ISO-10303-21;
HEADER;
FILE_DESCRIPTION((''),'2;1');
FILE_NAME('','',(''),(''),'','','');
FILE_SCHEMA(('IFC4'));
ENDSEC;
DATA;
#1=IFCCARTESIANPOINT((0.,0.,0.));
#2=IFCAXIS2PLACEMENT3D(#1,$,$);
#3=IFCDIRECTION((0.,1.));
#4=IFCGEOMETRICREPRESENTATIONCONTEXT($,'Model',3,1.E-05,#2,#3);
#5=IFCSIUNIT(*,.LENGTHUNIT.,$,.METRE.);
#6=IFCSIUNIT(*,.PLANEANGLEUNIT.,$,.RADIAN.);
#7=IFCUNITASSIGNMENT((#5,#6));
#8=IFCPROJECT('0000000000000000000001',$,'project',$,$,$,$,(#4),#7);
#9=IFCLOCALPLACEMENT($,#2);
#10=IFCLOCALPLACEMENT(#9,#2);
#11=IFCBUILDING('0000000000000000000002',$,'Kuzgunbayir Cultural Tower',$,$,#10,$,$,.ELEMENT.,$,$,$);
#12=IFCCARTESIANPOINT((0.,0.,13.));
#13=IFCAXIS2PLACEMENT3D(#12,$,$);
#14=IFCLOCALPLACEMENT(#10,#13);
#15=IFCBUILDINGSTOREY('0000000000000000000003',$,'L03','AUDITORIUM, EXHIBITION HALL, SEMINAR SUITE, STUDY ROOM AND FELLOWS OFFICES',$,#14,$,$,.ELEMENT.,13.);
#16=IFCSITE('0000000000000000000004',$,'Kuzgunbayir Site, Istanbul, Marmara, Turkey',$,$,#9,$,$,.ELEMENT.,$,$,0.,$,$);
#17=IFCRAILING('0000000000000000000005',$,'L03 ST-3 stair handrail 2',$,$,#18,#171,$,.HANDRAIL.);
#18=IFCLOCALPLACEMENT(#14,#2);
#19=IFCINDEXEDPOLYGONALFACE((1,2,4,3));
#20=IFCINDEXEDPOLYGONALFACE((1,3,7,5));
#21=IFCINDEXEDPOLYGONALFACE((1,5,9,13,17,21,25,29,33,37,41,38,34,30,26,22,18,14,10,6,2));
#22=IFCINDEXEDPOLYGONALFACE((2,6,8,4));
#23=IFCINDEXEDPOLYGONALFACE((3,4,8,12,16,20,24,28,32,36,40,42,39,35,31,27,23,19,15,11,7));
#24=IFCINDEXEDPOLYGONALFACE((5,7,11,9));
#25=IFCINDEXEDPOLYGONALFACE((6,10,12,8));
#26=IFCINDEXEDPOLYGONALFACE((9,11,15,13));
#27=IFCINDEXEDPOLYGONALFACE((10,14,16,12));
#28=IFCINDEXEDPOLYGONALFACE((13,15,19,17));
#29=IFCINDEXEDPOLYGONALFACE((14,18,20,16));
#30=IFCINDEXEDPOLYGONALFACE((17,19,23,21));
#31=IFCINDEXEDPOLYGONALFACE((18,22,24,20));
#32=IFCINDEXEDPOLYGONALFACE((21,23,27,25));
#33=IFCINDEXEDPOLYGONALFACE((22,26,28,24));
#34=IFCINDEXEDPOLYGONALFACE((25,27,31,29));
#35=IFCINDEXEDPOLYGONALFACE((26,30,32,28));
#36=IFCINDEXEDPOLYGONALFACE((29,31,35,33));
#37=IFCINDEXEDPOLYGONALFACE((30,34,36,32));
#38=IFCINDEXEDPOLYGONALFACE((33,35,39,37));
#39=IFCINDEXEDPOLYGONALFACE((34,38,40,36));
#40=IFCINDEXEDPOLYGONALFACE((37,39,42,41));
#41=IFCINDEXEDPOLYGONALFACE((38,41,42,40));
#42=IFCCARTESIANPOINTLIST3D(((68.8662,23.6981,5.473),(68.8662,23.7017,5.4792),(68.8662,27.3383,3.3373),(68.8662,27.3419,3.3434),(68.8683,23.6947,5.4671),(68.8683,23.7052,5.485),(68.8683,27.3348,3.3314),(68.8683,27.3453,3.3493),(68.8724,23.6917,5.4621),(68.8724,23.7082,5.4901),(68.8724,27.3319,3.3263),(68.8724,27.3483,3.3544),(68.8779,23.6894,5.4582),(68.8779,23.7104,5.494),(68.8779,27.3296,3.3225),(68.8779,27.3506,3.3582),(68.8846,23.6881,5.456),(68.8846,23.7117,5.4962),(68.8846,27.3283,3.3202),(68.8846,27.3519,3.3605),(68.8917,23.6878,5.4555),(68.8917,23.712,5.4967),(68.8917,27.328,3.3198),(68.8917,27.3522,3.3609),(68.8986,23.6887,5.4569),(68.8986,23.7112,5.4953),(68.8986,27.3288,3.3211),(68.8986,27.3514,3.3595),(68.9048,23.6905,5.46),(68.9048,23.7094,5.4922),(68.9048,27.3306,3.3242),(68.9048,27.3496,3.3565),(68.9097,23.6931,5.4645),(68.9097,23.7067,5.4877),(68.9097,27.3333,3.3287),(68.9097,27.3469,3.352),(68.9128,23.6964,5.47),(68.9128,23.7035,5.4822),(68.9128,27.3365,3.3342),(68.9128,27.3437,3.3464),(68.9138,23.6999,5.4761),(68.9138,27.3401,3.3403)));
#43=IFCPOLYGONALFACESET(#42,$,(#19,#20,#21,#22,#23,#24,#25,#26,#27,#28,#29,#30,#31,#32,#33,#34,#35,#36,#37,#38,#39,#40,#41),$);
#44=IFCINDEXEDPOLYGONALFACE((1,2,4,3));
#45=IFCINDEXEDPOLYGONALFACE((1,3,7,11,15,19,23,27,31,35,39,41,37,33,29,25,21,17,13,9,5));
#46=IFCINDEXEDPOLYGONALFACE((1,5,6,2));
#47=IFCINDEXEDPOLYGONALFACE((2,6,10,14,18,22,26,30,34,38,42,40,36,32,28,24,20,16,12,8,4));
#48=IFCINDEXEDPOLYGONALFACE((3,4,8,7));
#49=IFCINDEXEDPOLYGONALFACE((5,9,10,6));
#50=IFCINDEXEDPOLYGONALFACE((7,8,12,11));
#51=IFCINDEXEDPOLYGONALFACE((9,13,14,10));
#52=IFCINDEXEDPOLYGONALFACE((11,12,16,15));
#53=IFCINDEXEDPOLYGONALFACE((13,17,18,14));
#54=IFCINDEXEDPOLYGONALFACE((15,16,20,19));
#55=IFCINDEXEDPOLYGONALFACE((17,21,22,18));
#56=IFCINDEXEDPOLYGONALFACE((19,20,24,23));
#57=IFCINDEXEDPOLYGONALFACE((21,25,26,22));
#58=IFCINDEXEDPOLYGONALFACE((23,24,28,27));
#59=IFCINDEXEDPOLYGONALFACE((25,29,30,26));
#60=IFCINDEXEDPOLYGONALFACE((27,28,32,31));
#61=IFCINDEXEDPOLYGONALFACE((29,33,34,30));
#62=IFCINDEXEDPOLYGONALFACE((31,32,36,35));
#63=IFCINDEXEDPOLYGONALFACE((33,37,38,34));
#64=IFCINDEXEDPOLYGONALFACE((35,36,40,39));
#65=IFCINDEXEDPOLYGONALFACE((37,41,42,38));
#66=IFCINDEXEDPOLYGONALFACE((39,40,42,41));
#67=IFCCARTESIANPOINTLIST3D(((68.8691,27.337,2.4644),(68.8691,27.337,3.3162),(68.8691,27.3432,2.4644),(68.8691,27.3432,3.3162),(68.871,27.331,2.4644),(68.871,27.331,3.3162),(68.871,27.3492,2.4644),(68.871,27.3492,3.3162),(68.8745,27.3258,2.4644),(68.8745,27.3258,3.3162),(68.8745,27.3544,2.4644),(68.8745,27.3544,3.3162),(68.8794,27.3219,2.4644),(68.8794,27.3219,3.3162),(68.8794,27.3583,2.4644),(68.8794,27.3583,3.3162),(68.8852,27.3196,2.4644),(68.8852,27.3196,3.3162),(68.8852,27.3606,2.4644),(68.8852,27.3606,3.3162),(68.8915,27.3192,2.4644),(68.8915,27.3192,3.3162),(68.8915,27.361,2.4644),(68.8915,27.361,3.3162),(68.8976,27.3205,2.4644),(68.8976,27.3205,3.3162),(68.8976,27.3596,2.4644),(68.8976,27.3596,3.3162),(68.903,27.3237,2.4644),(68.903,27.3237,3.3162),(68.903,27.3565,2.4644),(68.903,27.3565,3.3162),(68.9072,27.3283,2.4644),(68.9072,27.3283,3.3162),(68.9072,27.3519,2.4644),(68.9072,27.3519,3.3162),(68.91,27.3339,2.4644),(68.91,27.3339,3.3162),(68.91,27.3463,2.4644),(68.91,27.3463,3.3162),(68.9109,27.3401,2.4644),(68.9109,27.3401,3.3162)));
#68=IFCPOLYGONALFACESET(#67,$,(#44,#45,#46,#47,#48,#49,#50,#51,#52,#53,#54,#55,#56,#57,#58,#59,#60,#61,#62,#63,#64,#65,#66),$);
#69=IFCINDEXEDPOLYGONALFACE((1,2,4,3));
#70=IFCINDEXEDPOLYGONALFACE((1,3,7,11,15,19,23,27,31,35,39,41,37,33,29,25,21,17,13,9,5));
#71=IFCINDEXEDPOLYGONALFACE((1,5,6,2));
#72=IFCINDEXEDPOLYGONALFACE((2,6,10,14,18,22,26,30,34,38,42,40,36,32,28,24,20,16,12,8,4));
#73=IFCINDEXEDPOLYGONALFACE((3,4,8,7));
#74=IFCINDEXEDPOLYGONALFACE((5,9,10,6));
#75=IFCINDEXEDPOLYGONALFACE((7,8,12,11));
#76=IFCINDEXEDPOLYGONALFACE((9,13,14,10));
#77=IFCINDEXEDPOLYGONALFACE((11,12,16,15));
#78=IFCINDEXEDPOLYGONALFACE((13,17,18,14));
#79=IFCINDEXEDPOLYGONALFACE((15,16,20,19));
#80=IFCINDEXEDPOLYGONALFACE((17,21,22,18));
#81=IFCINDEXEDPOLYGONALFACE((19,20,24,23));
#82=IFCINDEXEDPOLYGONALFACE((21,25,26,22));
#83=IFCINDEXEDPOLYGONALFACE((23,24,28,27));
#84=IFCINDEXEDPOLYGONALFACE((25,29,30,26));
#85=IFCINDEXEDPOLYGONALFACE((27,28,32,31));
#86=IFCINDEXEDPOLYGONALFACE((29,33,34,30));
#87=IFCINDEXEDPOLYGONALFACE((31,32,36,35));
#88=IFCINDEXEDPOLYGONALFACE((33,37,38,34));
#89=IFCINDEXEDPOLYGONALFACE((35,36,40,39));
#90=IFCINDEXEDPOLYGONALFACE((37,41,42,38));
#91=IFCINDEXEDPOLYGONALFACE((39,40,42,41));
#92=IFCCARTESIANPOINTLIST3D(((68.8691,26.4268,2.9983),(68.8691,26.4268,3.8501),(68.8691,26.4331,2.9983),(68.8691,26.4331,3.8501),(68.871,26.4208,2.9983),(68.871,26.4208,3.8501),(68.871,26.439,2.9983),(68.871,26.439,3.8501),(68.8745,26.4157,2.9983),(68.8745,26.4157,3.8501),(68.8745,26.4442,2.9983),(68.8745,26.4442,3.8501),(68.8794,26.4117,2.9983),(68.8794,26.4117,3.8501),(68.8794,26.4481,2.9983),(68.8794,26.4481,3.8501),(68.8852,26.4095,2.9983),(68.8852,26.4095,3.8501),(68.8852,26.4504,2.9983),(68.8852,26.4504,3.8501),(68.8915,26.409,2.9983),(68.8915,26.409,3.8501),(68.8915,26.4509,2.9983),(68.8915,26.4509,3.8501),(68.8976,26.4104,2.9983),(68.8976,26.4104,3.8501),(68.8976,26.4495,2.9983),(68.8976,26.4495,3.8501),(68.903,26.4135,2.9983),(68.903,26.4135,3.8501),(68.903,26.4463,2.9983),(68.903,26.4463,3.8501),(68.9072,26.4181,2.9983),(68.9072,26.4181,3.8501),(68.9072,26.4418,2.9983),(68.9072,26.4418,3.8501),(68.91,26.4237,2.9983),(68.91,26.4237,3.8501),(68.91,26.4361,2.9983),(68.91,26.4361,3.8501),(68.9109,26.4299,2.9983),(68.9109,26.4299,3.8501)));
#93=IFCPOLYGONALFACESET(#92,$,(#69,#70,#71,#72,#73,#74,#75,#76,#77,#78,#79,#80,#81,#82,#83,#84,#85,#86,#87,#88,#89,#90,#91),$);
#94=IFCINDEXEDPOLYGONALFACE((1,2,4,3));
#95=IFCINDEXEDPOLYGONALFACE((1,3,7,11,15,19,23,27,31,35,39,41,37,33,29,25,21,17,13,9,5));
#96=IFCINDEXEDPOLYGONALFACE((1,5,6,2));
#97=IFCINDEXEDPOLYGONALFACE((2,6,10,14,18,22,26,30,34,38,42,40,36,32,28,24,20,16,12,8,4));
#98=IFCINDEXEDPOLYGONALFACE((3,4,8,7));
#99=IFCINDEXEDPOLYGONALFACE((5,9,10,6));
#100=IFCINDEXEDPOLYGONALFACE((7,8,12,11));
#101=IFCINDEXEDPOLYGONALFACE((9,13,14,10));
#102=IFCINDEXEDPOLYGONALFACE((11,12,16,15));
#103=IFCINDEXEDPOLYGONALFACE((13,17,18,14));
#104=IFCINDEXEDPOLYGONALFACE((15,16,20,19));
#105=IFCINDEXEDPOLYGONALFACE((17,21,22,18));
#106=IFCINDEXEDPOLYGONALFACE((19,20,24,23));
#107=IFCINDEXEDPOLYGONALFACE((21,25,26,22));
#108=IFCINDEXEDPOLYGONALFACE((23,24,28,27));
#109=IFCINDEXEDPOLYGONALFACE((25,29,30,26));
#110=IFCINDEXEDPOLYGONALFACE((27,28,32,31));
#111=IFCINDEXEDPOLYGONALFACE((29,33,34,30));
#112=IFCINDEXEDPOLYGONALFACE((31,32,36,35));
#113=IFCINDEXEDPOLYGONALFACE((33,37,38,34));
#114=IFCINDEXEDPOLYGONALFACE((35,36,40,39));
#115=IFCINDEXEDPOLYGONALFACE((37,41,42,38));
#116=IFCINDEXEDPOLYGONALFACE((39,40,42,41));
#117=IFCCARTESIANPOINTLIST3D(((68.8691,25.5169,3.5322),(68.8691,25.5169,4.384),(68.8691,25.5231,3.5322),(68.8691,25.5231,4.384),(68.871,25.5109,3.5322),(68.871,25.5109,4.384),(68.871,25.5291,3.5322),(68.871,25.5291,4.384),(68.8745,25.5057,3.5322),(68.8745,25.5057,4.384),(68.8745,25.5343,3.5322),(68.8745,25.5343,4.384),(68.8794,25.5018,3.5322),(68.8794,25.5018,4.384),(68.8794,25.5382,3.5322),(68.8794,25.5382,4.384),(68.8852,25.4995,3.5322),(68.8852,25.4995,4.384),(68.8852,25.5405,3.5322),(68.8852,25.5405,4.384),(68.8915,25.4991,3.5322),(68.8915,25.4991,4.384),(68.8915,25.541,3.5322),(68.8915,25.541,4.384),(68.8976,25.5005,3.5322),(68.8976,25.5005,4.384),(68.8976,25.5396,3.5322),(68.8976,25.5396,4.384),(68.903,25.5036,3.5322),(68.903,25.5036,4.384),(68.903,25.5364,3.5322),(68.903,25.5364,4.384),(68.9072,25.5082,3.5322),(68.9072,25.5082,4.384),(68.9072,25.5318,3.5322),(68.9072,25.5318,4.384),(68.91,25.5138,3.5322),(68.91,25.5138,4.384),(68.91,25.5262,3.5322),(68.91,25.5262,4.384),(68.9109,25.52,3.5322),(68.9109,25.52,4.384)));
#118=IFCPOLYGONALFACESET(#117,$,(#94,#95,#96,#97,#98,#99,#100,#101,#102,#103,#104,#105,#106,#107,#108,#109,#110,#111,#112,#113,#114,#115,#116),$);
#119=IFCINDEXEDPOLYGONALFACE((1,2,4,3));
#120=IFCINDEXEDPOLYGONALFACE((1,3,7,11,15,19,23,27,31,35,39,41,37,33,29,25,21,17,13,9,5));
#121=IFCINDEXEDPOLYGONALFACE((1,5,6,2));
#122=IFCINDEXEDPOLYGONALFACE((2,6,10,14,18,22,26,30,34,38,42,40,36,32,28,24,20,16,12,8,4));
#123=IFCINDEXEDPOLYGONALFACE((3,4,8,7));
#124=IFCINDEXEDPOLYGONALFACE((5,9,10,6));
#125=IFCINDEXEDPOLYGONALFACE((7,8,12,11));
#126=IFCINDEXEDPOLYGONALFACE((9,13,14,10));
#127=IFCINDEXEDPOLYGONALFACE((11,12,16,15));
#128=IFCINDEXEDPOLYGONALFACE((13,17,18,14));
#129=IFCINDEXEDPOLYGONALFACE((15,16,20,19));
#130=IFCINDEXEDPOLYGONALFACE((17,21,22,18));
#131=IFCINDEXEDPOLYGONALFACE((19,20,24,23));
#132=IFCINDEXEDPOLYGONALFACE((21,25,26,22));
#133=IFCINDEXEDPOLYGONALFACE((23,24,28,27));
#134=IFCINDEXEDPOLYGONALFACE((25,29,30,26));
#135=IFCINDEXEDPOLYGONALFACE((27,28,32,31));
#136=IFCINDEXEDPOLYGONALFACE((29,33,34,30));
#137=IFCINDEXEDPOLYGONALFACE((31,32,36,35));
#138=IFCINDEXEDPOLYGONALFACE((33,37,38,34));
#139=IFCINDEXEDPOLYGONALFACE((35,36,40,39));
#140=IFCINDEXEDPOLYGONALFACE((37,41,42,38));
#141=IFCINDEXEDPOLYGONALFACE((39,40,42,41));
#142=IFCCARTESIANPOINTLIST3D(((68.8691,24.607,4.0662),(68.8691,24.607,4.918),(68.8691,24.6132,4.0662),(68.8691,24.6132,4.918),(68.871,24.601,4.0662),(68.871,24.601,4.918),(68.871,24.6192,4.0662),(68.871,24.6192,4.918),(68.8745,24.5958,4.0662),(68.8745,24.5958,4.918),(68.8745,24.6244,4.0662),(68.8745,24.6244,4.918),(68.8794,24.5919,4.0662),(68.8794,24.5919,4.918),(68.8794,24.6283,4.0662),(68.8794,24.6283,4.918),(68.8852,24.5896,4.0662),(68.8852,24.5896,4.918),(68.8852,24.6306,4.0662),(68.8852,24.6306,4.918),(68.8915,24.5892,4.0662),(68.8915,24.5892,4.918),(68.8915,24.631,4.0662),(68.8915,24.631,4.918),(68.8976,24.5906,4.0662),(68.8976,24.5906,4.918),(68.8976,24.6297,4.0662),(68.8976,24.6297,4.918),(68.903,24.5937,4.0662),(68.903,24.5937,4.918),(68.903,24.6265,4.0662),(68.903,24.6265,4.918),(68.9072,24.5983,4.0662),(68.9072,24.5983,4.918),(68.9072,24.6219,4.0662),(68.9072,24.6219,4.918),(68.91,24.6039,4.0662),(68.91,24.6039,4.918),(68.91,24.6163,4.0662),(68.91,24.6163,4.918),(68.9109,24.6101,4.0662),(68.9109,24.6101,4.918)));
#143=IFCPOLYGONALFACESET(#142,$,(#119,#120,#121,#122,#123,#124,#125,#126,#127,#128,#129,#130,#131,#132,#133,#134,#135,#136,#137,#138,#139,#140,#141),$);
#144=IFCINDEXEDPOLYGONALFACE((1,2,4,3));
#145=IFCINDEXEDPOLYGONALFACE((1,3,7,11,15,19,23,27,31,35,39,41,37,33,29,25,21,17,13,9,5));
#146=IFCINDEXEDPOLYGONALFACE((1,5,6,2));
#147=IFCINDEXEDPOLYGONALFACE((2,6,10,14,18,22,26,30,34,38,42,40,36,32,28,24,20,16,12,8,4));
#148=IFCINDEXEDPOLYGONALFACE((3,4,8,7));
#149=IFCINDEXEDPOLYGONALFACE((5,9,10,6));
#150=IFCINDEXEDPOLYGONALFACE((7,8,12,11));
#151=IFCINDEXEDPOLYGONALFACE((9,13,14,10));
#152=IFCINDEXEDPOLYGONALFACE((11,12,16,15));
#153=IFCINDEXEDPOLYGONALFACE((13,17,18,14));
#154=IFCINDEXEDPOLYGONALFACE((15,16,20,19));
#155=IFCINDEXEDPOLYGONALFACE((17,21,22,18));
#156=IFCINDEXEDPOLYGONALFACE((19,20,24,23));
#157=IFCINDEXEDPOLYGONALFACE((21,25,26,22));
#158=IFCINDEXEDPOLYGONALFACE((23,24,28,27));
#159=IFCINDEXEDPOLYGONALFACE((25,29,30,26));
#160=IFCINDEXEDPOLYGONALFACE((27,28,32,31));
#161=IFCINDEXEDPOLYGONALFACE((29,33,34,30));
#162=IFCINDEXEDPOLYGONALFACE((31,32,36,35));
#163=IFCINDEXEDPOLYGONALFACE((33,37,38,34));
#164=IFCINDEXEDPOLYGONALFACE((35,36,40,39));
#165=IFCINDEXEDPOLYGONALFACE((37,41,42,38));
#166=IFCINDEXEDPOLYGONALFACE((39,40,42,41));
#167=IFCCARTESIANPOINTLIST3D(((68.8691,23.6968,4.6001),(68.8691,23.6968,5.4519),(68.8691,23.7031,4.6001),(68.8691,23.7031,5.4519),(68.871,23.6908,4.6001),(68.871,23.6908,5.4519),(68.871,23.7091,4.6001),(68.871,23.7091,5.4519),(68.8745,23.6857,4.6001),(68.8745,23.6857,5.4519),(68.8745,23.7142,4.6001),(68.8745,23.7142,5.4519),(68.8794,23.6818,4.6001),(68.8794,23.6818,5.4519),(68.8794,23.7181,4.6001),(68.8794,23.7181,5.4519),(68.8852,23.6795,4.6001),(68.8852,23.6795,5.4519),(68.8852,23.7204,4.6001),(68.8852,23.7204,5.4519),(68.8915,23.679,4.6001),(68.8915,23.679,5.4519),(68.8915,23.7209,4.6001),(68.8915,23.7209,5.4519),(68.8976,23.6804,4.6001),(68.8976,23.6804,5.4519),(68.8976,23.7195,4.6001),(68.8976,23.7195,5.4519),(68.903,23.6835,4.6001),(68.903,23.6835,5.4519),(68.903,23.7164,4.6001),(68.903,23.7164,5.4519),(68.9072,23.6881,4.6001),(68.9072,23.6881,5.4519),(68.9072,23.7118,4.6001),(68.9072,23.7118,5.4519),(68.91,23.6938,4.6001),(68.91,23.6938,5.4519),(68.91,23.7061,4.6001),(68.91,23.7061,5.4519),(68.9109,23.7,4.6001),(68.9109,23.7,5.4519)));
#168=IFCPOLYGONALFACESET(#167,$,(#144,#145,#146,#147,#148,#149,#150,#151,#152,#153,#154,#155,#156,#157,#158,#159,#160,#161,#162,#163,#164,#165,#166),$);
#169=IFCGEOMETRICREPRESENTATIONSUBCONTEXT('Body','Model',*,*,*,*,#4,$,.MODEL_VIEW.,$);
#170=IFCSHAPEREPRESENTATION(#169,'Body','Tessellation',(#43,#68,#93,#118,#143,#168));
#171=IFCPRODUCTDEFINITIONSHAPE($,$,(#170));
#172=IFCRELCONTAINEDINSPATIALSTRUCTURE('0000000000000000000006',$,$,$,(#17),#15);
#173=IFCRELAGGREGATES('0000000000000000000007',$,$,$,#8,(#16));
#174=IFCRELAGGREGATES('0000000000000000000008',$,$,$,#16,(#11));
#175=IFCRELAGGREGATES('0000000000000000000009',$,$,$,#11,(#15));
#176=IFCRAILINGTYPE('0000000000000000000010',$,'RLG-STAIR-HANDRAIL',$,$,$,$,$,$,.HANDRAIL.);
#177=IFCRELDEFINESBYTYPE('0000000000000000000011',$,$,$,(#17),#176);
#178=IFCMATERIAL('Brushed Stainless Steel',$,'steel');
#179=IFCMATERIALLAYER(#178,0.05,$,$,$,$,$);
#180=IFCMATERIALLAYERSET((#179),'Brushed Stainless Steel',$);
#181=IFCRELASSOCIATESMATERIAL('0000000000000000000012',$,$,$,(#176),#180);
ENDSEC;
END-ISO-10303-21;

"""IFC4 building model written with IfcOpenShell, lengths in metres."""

from ifc_helpers import new_model, si_unit, direction, frame, origin, origin_2d, place, context, subcontext, project, spatial, circle, extrude, material, layer, layer_set, type_object, element, save


model = new_model("IFC4")

# Units and contexts
model_context = context("Model", 3, precision=1e-05, world=origin(), true_north=direction((0.0, 1.0)))
body_context = subcontext(model_context, "Body", "Model", "MODEL_VIEW")
ifc_project = project(units=[si_unit("LENGTHUNIT", "METRE"), si_unit("PLANEANGLEUNIT", "RADIAN")], contexts=[model_context])

# Site, building, storey
site_placement = place(None, origin())
site = spatial("IfcSite", under=ifc_project, at=site_placement, Name="Kuzgunbayir Site, Istanbul, Marmara, Turkey", CompositionType="ELEMENT", RefElevation=0.0)
building_placement = place(site_placement, origin())
building = spatial("IfcBuilding", under=site, at=building_placement, Name="Kuzgunbayir Cultural Tower", CompositionType="ELEMENT")
storey_placement = place(building_placement, frame((0.0, 0.0, 13.0)))
storey = spatial("IfcBuildingStorey", under=building, at=storey_placement, Name="L03", Description="AUDITORIUM, EXHIBITION HALL, SEMINAR SUITE, STUDY ROOM AND FELLOWS OFFICES", CompositionType="ELEMENT", Elevation=13.0)

# Shared definitions
ifc_material_1 = material(Name="Brushed Stainless Steel", Category="steel")

# Railing
ifc_layer_1 = layer(ifc_material_1, 0.05)
ifc_layer_set_1 = layer_set([ifc_layer_1], Name="Brushed Stainless Steel")
railing_type_1 = type_object("IfcRailingType", Name="RLG-STAIR-HANDRAIL", PredefinedType="HANDRAIL", material=ifc_layer_set_1)
railing_1_placement = place(storey_placement, frame((68.8899, 27.3401, 2.4644)))
element("IfcRailing", 1, at=railing_1_placement, inside=storey, type_object=railing_type_1, Name="L03 ST-3 stair handrail 2", PredefinedType="HANDRAIL", context=body_context, shape_type="SweptSolid", body=[
    extrude(circle(Radius=0.0239, at=origin_2d()), frame((0.0, 0.0, 0.876), z_axis=(0.0, -0.862505, 0.506049), x_axis=(1.0, 0.0, 0.0)), (0.0, 0.0, 1.0), 4.2205),
    extrude(circle(Radius=0.021, at=origin_2d()), origin(), (0.0, 0.0, 1.0), 0.8518),
    extrude(circle(Radius=0.021, at=origin_2d()), frame((0.0, -0.9102, 0.5339)), (0.0, 0.0, 1.0), 0.8518),
    extrude(circle(Radius=0.021, at=origin_2d()), frame((0.0, -1.8201, 1.0679)), (0.0, 0.0, 1.0), 0.8518),
    extrude(circle(Radius=0.021, at=origin_2d()), frame((0.0, -2.73, 1.6018)), (0.0, 0.0, 1.0), 0.8518),
    extrude(circle(Radius=0.021, at=origin_2d()), frame((0.0, -3.6401, 2.1357)), (0.0, 0.0, 1.0), 0.8518),
])

save(model, "model.ifc")
